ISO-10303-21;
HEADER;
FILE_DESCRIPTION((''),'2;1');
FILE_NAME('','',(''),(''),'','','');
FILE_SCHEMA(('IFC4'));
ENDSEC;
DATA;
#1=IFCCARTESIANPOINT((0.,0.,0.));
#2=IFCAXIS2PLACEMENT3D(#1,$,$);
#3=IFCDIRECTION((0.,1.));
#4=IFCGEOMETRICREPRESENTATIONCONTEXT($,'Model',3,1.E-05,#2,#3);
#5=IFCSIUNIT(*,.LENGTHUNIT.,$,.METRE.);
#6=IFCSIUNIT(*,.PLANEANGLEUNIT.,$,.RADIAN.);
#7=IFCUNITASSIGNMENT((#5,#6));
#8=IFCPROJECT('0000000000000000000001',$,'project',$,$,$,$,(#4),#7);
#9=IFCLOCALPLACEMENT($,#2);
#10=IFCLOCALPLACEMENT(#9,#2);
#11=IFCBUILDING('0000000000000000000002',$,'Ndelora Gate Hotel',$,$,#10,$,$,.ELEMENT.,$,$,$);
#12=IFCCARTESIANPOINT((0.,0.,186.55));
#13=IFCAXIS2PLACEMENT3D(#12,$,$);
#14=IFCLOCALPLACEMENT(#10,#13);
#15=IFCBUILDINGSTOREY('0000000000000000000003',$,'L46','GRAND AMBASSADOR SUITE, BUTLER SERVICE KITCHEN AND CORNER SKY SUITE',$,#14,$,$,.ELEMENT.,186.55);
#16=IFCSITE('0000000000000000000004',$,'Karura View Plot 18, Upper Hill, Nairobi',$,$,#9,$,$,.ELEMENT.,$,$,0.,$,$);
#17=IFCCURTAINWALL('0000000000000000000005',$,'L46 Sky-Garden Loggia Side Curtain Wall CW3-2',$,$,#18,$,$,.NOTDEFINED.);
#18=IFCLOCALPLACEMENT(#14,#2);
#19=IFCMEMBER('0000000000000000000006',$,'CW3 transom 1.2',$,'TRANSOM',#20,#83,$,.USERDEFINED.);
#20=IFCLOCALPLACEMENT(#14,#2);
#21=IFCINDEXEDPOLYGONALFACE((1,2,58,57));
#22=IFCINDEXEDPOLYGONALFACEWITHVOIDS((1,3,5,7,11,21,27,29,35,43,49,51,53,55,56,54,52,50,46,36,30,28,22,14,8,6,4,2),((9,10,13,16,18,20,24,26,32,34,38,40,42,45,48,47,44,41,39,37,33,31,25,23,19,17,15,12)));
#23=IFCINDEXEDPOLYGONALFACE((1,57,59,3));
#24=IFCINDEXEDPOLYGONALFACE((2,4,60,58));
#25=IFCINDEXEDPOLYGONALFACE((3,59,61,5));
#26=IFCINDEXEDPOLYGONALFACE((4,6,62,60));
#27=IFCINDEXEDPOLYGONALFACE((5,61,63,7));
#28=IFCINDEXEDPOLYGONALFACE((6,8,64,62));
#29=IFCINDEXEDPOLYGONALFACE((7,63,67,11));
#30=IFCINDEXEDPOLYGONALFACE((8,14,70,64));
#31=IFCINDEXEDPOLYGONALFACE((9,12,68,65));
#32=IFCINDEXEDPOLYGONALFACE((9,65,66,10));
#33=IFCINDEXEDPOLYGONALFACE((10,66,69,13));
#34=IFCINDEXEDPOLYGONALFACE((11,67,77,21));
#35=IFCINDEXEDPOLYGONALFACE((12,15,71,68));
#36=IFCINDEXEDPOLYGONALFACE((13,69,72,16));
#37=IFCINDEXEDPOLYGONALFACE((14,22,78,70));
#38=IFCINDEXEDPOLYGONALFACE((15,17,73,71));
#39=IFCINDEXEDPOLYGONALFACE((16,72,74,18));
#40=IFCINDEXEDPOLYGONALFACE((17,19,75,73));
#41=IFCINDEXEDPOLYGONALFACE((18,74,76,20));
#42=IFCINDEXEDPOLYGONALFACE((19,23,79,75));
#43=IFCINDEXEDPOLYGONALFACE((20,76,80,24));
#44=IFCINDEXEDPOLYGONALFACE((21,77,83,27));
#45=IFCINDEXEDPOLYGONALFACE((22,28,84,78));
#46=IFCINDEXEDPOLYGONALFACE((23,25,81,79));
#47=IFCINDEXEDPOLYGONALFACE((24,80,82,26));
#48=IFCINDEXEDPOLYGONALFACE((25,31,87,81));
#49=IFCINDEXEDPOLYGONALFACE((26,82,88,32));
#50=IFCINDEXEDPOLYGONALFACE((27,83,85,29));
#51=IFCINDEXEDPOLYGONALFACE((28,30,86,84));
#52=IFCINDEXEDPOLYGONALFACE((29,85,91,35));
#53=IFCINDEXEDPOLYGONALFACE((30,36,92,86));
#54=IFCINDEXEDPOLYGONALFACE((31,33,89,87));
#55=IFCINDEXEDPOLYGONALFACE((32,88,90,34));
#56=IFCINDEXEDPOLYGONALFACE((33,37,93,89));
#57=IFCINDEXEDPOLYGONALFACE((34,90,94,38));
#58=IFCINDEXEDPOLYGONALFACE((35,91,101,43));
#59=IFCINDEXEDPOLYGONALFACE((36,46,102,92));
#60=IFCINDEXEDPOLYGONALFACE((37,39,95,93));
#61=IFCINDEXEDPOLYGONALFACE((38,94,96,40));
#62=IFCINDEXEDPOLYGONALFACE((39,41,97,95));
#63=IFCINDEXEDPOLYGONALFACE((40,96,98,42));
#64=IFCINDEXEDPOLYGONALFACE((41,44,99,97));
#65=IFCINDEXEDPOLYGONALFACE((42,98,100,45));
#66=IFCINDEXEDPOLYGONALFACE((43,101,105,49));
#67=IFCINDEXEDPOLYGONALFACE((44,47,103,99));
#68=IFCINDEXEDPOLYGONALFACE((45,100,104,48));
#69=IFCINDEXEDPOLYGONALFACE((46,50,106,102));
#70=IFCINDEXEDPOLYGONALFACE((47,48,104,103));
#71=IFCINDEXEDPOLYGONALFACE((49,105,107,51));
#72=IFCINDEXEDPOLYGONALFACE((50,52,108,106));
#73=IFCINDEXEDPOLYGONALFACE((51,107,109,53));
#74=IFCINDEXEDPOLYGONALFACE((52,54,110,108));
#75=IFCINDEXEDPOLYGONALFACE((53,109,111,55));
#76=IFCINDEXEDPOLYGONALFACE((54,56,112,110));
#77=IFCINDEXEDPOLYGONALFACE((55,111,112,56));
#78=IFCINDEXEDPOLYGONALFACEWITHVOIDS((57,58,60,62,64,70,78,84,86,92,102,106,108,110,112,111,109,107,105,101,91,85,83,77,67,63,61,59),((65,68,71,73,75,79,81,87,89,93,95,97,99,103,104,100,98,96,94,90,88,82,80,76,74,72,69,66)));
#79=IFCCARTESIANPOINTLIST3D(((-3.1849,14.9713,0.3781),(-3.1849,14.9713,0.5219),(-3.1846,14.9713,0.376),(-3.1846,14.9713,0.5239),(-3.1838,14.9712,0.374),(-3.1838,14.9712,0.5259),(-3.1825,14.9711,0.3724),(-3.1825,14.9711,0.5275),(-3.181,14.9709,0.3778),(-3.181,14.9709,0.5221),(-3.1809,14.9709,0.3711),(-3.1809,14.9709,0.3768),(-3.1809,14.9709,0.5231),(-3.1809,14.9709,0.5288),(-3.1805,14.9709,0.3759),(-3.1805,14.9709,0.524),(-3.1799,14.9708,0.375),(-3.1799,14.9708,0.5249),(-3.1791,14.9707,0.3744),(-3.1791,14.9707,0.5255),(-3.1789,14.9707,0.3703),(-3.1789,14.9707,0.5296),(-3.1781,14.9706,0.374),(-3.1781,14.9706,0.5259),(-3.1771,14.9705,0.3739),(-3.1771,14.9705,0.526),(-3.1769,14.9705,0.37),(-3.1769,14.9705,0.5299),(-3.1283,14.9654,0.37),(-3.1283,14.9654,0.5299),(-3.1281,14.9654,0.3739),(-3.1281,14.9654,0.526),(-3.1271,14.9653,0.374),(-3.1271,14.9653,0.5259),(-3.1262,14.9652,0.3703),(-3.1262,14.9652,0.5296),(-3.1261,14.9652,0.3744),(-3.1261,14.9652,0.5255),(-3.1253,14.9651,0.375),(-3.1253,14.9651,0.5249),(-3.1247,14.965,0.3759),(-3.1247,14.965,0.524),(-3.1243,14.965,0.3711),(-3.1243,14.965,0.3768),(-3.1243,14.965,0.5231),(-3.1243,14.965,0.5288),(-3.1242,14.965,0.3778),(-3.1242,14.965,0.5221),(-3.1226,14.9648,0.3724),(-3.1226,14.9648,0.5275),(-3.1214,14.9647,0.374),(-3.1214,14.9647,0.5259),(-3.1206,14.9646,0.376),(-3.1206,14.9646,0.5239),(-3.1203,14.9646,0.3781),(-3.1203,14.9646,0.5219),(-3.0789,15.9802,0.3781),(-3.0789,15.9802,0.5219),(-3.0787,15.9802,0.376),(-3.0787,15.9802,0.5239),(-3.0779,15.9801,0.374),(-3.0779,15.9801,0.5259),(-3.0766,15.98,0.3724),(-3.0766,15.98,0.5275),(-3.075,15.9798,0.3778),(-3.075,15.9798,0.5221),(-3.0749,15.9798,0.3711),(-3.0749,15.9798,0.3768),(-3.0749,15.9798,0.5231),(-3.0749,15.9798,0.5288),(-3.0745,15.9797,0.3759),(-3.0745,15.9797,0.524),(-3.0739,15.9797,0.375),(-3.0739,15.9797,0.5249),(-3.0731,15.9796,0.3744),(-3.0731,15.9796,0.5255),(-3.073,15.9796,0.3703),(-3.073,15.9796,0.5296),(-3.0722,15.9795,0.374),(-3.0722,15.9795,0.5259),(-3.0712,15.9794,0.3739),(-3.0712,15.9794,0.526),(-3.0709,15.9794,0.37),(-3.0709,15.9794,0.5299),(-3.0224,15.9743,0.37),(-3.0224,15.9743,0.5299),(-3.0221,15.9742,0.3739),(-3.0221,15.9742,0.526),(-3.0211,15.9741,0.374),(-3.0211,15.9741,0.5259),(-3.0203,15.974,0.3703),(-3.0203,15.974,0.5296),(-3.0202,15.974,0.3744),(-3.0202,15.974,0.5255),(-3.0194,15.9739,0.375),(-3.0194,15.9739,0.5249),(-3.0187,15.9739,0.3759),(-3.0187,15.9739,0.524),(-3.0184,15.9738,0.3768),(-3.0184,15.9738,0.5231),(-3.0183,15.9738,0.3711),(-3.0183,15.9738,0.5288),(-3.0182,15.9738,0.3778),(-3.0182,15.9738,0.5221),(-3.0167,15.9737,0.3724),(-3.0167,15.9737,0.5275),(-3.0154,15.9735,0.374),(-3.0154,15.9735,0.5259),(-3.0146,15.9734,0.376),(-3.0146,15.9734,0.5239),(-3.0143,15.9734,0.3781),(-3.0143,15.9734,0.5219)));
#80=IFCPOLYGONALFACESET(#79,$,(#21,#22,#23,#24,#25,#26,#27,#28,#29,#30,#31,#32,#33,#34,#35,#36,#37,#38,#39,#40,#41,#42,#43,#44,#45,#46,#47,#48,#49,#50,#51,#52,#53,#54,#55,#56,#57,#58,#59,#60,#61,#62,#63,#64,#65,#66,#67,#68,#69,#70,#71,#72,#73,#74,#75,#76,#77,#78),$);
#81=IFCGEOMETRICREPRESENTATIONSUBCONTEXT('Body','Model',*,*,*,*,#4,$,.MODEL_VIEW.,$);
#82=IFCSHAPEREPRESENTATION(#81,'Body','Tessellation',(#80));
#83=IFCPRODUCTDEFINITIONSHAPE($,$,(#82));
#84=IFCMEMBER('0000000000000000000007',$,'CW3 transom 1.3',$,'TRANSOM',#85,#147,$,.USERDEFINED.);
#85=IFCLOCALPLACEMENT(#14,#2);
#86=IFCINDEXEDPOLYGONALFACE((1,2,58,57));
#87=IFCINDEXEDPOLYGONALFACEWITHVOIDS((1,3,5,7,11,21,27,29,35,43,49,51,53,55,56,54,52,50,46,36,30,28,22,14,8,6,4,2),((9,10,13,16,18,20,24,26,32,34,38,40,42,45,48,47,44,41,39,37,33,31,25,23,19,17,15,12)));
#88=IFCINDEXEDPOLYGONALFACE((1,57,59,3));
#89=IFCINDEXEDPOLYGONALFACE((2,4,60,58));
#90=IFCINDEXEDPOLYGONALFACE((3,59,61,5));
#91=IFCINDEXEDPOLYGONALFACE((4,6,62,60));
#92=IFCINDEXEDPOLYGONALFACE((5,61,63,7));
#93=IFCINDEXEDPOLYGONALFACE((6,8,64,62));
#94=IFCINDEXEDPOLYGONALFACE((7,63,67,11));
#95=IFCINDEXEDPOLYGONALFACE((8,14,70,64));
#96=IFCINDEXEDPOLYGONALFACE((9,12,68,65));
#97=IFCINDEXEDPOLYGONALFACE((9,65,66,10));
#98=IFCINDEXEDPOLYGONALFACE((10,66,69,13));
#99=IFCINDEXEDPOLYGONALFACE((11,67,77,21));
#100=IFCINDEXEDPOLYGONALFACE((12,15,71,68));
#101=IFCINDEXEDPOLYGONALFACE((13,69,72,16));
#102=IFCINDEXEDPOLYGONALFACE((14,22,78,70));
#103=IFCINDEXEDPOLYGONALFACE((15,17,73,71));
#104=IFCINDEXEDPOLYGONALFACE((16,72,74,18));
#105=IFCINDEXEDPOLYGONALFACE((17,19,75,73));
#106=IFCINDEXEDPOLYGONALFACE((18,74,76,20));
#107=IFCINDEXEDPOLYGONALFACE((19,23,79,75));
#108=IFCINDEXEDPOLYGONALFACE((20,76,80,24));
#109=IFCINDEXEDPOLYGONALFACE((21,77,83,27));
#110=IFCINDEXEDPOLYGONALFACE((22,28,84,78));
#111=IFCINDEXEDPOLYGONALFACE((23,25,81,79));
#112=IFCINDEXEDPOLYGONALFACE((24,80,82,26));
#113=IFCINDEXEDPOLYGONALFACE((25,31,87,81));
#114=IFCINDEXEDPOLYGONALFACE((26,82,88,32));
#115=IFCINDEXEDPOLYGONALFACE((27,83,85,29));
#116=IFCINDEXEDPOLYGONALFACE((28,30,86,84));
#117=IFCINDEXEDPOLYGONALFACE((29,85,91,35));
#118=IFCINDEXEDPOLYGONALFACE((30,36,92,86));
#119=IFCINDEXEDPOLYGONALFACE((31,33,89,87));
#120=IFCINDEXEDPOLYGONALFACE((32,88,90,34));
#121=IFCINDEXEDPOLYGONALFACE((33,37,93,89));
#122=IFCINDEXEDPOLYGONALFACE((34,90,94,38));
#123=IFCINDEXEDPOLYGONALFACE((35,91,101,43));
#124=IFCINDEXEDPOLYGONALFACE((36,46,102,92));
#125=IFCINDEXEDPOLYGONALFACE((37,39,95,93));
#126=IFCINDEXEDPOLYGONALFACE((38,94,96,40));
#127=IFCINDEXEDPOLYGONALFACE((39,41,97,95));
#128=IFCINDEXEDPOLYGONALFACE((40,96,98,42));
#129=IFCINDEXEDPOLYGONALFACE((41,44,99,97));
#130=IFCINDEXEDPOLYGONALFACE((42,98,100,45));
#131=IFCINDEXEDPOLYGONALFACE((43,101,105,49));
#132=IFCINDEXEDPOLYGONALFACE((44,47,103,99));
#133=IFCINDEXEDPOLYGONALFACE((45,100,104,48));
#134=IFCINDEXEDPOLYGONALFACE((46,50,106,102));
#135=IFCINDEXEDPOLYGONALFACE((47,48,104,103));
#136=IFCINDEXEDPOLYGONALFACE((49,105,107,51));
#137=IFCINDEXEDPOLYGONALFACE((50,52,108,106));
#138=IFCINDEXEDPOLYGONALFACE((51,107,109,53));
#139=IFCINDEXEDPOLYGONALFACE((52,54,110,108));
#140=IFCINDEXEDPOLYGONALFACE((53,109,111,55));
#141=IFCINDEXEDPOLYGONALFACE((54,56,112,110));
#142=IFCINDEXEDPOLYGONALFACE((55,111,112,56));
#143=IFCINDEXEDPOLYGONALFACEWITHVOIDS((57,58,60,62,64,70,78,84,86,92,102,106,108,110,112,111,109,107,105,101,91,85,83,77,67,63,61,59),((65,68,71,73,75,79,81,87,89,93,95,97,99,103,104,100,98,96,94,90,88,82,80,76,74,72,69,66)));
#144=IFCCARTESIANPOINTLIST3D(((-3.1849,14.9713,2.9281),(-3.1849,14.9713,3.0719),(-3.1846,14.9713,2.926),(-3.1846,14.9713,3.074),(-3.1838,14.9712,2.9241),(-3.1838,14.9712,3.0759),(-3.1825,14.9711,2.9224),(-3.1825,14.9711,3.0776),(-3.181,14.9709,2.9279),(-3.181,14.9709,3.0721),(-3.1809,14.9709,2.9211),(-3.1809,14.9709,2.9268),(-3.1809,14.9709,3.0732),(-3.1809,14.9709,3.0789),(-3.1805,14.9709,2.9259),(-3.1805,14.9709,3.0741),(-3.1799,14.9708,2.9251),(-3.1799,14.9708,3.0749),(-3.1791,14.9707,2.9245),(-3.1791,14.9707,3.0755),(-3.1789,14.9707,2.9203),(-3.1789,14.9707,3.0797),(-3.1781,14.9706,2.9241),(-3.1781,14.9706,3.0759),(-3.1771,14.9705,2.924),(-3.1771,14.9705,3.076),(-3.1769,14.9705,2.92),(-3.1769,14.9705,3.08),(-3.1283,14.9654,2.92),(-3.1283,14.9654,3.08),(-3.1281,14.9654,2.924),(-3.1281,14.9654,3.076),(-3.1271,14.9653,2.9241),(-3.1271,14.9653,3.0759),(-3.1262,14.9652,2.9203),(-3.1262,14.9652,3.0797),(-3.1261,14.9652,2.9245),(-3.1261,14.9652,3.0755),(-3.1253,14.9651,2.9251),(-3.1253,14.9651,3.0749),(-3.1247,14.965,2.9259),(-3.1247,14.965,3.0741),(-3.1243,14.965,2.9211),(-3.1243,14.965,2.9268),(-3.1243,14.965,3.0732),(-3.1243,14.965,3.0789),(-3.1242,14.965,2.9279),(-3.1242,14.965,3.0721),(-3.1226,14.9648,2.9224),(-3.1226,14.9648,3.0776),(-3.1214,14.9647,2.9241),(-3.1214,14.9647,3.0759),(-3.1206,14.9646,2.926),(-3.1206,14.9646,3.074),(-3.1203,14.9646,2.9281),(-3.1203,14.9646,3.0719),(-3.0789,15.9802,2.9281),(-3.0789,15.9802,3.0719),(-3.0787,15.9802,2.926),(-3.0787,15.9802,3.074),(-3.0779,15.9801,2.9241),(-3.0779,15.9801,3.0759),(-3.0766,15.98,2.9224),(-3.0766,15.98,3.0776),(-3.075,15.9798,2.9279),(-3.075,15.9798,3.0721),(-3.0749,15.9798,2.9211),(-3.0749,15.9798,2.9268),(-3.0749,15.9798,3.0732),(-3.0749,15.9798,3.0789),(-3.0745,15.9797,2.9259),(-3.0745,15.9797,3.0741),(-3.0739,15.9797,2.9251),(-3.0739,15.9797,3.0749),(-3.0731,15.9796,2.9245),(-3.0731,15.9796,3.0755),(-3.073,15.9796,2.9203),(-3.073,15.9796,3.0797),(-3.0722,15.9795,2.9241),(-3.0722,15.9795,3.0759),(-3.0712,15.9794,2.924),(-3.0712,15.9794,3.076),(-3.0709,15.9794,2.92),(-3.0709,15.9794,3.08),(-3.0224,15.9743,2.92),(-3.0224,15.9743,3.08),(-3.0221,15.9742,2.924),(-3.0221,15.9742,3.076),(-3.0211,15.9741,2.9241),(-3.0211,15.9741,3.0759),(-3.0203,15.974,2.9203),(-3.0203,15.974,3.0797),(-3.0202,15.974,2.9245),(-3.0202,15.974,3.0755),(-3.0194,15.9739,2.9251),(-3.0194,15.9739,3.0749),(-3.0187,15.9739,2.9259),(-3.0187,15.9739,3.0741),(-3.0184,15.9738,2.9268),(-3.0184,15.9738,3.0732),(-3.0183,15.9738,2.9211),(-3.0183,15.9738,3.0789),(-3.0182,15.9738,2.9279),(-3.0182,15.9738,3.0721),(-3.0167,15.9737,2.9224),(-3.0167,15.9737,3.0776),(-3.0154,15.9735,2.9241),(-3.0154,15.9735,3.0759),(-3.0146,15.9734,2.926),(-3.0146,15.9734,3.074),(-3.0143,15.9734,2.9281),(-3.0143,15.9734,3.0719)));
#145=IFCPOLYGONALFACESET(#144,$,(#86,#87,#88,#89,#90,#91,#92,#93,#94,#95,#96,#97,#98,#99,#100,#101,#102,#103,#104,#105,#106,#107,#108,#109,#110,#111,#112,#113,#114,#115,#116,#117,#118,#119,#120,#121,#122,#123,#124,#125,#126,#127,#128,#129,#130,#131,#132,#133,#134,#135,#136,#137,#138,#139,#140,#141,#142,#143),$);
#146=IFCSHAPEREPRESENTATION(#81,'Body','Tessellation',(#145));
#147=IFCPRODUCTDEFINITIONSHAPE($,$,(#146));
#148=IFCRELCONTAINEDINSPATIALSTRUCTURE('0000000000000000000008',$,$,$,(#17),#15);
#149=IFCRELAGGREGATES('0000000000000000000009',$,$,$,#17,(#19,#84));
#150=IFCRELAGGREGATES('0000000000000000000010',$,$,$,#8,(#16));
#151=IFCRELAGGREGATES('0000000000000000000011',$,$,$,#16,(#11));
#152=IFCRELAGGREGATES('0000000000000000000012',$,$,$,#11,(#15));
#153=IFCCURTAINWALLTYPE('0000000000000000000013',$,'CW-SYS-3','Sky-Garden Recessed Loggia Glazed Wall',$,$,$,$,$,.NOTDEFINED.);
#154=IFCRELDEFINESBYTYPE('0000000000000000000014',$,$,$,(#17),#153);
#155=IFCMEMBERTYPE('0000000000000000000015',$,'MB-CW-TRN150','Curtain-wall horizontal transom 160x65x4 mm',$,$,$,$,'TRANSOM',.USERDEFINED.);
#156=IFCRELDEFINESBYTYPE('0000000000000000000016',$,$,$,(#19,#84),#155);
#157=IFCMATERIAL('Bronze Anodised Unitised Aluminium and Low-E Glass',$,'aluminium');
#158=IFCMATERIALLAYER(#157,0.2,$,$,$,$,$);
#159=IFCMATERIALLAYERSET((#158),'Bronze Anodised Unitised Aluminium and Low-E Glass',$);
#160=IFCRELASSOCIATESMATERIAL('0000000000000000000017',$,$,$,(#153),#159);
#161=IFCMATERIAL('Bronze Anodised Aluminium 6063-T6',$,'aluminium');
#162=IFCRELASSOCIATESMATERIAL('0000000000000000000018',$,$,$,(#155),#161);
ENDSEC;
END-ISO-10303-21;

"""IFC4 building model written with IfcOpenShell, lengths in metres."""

from ifc_helpers import new_model, si_unit, direction, frame, origin, origin_2d, place, context, subcontext, project, spatial, hollow_rectangle, extrude, material, layer, layer_set, material_profile, profile_set, type_object, element, aggregate, save


model = new_model("IFC4")

# Units and contexts
model_context = context("Model", 3, precision=1e-05, world=origin(), true_north=direction((0.0, 1.0)))
body_context = subcontext(model_context, "Body", "Model", "MODEL_VIEW")
ifc_project = project(units=[si_unit("LENGTHUNIT", "METRE"), si_unit("PLANEANGLEUNIT", "RADIAN")], contexts=[model_context])

# Site, building, storey
site_placement = place(None, origin())
site = spatial("IfcSite", under=ifc_project, at=site_placement, Name="Karura View Plot 18, Upper Hill, Nairobi", CompositionType="ELEMENT", RefElevation=0.0)
building_placement = place(site_placement, origin())
building = spatial("IfcBuilding", under=site, at=building_placement, Name="Ndelora Gate Hotel", CompositionType="ELEMENT")
storey_placement = place(building_placement, frame((0.0, 0.0, 186.55)))
storey = spatial("IfcBuildingStorey", under=building, at=storey_placement, Name="L46", Description="GRAND AMBASSADOR SUITE, BUTLER SERVICE KITCHEN AND CORNER SKY SUITE", CompositionType="ELEMENT", Elevation=186.55)

# Curtain wall, members
ifc_material_1 = material(Name="Bronze Anodised Unitised Aluminium and Low-E Glass", Category="aluminium")
ifc_layer_1 = layer(ifc_material_1, 0.2)
ifc_layer_set_1 = layer_set([ifc_layer_1], Name="Bronze Anodised Unitised Aluminium and Low-E Glass")
curtain_wall_type = type_object("IfcCurtainWallType", Name="CW-SYS-3", Description="Sky-Garden Recessed Loggia Glazed Wall", PredefinedType="NOTDEFINED", material=ifc_layer_set_1)
curtain_wall_placement = place(storey_placement, origin())
curtain_wall = element("IfcCurtainWall", 1, at=curtain_wall_placement, inside=storey, type_object=curtain_wall_type, Name="L46 Sky-Garden Loggia Side Curtain Wall CW3-2", PredefinedType="NOTDEFINED")
ifc_material_2 = material(Name="Bronze Anodised Aluminium 6063-T6", Category="aluminium")
ifc_material_profile_1 = material_profile(ifc_material_2, hollow_rectangle(XDim=0.0649, YDim=0.1599, WallThickness=0.0039, InnerFilletRadius=0.0039, OuterFilletRadius=0.0081, at=origin_2d()), Name="ALU 160x65x4")
ifc_profile_set_1 = profile_set([ifc_material_profile_1], Name="Bronze Anodised Aluminium 6063-T6")
member_type_1 = type_object("IfcMemberType", Name="MB-CW-TRN150", Description="Curtain-wall horizontal transom 160x65x4 mm", ElementType="TRANSOM", PredefinedType="USERDEFINED", material=ifc_profile_set_1)
member_1_placement = place(storey_placement, frame((-3.0466, 15.9768, 0.45), z_axis=(-0.104459, -0.994529, 0.0), x_axis=(0.994529, -0.104459, 0.0)))
member_1 = element("IfcMember", 2, at=member_1_placement, type_object=member_type_1, Name="CW3 transom 1.2", ObjectType="TRANSOM", PredefinedType="USERDEFINED", context=body_context, shape_type="SweptSolid", body=[
    extrude(hollow_rectangle(XDim=0.0649, YDim=0.1599, WallThickness=0.0039, InnerFilletRadius=0.0039, OuterFilletRadius=0.0081, at=origin_2d()), origin(), (0.0, 0.0, 1.0), 1.0144),
])
member_2_placement = place(storey_placement, frame((-3.0466, 15.9768, 3.0), z_axis=(-0.104459, -0.994529, 0.0), x_axis=(0.994529, -0.104459, 0.0)))
member_2 = element("IfcMember", 3, at=member_2_placement, type_object=member_type_1, Name="CW3 transom 1.3", ObjectType="TRANSOM", PredefinedType="USERDEFINED", context=body_context, shape_type="SweptSolid", body=[
    extrude(hollow_rectangle(XDim=0.0649, YDim=0.1599, WallThickness=0.0039, InnerFilletRadius=0.0039, OuterFilletRadius=0.0081, at=origin_2d()), origin(), (0.0, 0.0, 1.0), 1.0144),
])
aggregate(curtain_wall, [member_1, member_2])

save(model, "model.ifc")
